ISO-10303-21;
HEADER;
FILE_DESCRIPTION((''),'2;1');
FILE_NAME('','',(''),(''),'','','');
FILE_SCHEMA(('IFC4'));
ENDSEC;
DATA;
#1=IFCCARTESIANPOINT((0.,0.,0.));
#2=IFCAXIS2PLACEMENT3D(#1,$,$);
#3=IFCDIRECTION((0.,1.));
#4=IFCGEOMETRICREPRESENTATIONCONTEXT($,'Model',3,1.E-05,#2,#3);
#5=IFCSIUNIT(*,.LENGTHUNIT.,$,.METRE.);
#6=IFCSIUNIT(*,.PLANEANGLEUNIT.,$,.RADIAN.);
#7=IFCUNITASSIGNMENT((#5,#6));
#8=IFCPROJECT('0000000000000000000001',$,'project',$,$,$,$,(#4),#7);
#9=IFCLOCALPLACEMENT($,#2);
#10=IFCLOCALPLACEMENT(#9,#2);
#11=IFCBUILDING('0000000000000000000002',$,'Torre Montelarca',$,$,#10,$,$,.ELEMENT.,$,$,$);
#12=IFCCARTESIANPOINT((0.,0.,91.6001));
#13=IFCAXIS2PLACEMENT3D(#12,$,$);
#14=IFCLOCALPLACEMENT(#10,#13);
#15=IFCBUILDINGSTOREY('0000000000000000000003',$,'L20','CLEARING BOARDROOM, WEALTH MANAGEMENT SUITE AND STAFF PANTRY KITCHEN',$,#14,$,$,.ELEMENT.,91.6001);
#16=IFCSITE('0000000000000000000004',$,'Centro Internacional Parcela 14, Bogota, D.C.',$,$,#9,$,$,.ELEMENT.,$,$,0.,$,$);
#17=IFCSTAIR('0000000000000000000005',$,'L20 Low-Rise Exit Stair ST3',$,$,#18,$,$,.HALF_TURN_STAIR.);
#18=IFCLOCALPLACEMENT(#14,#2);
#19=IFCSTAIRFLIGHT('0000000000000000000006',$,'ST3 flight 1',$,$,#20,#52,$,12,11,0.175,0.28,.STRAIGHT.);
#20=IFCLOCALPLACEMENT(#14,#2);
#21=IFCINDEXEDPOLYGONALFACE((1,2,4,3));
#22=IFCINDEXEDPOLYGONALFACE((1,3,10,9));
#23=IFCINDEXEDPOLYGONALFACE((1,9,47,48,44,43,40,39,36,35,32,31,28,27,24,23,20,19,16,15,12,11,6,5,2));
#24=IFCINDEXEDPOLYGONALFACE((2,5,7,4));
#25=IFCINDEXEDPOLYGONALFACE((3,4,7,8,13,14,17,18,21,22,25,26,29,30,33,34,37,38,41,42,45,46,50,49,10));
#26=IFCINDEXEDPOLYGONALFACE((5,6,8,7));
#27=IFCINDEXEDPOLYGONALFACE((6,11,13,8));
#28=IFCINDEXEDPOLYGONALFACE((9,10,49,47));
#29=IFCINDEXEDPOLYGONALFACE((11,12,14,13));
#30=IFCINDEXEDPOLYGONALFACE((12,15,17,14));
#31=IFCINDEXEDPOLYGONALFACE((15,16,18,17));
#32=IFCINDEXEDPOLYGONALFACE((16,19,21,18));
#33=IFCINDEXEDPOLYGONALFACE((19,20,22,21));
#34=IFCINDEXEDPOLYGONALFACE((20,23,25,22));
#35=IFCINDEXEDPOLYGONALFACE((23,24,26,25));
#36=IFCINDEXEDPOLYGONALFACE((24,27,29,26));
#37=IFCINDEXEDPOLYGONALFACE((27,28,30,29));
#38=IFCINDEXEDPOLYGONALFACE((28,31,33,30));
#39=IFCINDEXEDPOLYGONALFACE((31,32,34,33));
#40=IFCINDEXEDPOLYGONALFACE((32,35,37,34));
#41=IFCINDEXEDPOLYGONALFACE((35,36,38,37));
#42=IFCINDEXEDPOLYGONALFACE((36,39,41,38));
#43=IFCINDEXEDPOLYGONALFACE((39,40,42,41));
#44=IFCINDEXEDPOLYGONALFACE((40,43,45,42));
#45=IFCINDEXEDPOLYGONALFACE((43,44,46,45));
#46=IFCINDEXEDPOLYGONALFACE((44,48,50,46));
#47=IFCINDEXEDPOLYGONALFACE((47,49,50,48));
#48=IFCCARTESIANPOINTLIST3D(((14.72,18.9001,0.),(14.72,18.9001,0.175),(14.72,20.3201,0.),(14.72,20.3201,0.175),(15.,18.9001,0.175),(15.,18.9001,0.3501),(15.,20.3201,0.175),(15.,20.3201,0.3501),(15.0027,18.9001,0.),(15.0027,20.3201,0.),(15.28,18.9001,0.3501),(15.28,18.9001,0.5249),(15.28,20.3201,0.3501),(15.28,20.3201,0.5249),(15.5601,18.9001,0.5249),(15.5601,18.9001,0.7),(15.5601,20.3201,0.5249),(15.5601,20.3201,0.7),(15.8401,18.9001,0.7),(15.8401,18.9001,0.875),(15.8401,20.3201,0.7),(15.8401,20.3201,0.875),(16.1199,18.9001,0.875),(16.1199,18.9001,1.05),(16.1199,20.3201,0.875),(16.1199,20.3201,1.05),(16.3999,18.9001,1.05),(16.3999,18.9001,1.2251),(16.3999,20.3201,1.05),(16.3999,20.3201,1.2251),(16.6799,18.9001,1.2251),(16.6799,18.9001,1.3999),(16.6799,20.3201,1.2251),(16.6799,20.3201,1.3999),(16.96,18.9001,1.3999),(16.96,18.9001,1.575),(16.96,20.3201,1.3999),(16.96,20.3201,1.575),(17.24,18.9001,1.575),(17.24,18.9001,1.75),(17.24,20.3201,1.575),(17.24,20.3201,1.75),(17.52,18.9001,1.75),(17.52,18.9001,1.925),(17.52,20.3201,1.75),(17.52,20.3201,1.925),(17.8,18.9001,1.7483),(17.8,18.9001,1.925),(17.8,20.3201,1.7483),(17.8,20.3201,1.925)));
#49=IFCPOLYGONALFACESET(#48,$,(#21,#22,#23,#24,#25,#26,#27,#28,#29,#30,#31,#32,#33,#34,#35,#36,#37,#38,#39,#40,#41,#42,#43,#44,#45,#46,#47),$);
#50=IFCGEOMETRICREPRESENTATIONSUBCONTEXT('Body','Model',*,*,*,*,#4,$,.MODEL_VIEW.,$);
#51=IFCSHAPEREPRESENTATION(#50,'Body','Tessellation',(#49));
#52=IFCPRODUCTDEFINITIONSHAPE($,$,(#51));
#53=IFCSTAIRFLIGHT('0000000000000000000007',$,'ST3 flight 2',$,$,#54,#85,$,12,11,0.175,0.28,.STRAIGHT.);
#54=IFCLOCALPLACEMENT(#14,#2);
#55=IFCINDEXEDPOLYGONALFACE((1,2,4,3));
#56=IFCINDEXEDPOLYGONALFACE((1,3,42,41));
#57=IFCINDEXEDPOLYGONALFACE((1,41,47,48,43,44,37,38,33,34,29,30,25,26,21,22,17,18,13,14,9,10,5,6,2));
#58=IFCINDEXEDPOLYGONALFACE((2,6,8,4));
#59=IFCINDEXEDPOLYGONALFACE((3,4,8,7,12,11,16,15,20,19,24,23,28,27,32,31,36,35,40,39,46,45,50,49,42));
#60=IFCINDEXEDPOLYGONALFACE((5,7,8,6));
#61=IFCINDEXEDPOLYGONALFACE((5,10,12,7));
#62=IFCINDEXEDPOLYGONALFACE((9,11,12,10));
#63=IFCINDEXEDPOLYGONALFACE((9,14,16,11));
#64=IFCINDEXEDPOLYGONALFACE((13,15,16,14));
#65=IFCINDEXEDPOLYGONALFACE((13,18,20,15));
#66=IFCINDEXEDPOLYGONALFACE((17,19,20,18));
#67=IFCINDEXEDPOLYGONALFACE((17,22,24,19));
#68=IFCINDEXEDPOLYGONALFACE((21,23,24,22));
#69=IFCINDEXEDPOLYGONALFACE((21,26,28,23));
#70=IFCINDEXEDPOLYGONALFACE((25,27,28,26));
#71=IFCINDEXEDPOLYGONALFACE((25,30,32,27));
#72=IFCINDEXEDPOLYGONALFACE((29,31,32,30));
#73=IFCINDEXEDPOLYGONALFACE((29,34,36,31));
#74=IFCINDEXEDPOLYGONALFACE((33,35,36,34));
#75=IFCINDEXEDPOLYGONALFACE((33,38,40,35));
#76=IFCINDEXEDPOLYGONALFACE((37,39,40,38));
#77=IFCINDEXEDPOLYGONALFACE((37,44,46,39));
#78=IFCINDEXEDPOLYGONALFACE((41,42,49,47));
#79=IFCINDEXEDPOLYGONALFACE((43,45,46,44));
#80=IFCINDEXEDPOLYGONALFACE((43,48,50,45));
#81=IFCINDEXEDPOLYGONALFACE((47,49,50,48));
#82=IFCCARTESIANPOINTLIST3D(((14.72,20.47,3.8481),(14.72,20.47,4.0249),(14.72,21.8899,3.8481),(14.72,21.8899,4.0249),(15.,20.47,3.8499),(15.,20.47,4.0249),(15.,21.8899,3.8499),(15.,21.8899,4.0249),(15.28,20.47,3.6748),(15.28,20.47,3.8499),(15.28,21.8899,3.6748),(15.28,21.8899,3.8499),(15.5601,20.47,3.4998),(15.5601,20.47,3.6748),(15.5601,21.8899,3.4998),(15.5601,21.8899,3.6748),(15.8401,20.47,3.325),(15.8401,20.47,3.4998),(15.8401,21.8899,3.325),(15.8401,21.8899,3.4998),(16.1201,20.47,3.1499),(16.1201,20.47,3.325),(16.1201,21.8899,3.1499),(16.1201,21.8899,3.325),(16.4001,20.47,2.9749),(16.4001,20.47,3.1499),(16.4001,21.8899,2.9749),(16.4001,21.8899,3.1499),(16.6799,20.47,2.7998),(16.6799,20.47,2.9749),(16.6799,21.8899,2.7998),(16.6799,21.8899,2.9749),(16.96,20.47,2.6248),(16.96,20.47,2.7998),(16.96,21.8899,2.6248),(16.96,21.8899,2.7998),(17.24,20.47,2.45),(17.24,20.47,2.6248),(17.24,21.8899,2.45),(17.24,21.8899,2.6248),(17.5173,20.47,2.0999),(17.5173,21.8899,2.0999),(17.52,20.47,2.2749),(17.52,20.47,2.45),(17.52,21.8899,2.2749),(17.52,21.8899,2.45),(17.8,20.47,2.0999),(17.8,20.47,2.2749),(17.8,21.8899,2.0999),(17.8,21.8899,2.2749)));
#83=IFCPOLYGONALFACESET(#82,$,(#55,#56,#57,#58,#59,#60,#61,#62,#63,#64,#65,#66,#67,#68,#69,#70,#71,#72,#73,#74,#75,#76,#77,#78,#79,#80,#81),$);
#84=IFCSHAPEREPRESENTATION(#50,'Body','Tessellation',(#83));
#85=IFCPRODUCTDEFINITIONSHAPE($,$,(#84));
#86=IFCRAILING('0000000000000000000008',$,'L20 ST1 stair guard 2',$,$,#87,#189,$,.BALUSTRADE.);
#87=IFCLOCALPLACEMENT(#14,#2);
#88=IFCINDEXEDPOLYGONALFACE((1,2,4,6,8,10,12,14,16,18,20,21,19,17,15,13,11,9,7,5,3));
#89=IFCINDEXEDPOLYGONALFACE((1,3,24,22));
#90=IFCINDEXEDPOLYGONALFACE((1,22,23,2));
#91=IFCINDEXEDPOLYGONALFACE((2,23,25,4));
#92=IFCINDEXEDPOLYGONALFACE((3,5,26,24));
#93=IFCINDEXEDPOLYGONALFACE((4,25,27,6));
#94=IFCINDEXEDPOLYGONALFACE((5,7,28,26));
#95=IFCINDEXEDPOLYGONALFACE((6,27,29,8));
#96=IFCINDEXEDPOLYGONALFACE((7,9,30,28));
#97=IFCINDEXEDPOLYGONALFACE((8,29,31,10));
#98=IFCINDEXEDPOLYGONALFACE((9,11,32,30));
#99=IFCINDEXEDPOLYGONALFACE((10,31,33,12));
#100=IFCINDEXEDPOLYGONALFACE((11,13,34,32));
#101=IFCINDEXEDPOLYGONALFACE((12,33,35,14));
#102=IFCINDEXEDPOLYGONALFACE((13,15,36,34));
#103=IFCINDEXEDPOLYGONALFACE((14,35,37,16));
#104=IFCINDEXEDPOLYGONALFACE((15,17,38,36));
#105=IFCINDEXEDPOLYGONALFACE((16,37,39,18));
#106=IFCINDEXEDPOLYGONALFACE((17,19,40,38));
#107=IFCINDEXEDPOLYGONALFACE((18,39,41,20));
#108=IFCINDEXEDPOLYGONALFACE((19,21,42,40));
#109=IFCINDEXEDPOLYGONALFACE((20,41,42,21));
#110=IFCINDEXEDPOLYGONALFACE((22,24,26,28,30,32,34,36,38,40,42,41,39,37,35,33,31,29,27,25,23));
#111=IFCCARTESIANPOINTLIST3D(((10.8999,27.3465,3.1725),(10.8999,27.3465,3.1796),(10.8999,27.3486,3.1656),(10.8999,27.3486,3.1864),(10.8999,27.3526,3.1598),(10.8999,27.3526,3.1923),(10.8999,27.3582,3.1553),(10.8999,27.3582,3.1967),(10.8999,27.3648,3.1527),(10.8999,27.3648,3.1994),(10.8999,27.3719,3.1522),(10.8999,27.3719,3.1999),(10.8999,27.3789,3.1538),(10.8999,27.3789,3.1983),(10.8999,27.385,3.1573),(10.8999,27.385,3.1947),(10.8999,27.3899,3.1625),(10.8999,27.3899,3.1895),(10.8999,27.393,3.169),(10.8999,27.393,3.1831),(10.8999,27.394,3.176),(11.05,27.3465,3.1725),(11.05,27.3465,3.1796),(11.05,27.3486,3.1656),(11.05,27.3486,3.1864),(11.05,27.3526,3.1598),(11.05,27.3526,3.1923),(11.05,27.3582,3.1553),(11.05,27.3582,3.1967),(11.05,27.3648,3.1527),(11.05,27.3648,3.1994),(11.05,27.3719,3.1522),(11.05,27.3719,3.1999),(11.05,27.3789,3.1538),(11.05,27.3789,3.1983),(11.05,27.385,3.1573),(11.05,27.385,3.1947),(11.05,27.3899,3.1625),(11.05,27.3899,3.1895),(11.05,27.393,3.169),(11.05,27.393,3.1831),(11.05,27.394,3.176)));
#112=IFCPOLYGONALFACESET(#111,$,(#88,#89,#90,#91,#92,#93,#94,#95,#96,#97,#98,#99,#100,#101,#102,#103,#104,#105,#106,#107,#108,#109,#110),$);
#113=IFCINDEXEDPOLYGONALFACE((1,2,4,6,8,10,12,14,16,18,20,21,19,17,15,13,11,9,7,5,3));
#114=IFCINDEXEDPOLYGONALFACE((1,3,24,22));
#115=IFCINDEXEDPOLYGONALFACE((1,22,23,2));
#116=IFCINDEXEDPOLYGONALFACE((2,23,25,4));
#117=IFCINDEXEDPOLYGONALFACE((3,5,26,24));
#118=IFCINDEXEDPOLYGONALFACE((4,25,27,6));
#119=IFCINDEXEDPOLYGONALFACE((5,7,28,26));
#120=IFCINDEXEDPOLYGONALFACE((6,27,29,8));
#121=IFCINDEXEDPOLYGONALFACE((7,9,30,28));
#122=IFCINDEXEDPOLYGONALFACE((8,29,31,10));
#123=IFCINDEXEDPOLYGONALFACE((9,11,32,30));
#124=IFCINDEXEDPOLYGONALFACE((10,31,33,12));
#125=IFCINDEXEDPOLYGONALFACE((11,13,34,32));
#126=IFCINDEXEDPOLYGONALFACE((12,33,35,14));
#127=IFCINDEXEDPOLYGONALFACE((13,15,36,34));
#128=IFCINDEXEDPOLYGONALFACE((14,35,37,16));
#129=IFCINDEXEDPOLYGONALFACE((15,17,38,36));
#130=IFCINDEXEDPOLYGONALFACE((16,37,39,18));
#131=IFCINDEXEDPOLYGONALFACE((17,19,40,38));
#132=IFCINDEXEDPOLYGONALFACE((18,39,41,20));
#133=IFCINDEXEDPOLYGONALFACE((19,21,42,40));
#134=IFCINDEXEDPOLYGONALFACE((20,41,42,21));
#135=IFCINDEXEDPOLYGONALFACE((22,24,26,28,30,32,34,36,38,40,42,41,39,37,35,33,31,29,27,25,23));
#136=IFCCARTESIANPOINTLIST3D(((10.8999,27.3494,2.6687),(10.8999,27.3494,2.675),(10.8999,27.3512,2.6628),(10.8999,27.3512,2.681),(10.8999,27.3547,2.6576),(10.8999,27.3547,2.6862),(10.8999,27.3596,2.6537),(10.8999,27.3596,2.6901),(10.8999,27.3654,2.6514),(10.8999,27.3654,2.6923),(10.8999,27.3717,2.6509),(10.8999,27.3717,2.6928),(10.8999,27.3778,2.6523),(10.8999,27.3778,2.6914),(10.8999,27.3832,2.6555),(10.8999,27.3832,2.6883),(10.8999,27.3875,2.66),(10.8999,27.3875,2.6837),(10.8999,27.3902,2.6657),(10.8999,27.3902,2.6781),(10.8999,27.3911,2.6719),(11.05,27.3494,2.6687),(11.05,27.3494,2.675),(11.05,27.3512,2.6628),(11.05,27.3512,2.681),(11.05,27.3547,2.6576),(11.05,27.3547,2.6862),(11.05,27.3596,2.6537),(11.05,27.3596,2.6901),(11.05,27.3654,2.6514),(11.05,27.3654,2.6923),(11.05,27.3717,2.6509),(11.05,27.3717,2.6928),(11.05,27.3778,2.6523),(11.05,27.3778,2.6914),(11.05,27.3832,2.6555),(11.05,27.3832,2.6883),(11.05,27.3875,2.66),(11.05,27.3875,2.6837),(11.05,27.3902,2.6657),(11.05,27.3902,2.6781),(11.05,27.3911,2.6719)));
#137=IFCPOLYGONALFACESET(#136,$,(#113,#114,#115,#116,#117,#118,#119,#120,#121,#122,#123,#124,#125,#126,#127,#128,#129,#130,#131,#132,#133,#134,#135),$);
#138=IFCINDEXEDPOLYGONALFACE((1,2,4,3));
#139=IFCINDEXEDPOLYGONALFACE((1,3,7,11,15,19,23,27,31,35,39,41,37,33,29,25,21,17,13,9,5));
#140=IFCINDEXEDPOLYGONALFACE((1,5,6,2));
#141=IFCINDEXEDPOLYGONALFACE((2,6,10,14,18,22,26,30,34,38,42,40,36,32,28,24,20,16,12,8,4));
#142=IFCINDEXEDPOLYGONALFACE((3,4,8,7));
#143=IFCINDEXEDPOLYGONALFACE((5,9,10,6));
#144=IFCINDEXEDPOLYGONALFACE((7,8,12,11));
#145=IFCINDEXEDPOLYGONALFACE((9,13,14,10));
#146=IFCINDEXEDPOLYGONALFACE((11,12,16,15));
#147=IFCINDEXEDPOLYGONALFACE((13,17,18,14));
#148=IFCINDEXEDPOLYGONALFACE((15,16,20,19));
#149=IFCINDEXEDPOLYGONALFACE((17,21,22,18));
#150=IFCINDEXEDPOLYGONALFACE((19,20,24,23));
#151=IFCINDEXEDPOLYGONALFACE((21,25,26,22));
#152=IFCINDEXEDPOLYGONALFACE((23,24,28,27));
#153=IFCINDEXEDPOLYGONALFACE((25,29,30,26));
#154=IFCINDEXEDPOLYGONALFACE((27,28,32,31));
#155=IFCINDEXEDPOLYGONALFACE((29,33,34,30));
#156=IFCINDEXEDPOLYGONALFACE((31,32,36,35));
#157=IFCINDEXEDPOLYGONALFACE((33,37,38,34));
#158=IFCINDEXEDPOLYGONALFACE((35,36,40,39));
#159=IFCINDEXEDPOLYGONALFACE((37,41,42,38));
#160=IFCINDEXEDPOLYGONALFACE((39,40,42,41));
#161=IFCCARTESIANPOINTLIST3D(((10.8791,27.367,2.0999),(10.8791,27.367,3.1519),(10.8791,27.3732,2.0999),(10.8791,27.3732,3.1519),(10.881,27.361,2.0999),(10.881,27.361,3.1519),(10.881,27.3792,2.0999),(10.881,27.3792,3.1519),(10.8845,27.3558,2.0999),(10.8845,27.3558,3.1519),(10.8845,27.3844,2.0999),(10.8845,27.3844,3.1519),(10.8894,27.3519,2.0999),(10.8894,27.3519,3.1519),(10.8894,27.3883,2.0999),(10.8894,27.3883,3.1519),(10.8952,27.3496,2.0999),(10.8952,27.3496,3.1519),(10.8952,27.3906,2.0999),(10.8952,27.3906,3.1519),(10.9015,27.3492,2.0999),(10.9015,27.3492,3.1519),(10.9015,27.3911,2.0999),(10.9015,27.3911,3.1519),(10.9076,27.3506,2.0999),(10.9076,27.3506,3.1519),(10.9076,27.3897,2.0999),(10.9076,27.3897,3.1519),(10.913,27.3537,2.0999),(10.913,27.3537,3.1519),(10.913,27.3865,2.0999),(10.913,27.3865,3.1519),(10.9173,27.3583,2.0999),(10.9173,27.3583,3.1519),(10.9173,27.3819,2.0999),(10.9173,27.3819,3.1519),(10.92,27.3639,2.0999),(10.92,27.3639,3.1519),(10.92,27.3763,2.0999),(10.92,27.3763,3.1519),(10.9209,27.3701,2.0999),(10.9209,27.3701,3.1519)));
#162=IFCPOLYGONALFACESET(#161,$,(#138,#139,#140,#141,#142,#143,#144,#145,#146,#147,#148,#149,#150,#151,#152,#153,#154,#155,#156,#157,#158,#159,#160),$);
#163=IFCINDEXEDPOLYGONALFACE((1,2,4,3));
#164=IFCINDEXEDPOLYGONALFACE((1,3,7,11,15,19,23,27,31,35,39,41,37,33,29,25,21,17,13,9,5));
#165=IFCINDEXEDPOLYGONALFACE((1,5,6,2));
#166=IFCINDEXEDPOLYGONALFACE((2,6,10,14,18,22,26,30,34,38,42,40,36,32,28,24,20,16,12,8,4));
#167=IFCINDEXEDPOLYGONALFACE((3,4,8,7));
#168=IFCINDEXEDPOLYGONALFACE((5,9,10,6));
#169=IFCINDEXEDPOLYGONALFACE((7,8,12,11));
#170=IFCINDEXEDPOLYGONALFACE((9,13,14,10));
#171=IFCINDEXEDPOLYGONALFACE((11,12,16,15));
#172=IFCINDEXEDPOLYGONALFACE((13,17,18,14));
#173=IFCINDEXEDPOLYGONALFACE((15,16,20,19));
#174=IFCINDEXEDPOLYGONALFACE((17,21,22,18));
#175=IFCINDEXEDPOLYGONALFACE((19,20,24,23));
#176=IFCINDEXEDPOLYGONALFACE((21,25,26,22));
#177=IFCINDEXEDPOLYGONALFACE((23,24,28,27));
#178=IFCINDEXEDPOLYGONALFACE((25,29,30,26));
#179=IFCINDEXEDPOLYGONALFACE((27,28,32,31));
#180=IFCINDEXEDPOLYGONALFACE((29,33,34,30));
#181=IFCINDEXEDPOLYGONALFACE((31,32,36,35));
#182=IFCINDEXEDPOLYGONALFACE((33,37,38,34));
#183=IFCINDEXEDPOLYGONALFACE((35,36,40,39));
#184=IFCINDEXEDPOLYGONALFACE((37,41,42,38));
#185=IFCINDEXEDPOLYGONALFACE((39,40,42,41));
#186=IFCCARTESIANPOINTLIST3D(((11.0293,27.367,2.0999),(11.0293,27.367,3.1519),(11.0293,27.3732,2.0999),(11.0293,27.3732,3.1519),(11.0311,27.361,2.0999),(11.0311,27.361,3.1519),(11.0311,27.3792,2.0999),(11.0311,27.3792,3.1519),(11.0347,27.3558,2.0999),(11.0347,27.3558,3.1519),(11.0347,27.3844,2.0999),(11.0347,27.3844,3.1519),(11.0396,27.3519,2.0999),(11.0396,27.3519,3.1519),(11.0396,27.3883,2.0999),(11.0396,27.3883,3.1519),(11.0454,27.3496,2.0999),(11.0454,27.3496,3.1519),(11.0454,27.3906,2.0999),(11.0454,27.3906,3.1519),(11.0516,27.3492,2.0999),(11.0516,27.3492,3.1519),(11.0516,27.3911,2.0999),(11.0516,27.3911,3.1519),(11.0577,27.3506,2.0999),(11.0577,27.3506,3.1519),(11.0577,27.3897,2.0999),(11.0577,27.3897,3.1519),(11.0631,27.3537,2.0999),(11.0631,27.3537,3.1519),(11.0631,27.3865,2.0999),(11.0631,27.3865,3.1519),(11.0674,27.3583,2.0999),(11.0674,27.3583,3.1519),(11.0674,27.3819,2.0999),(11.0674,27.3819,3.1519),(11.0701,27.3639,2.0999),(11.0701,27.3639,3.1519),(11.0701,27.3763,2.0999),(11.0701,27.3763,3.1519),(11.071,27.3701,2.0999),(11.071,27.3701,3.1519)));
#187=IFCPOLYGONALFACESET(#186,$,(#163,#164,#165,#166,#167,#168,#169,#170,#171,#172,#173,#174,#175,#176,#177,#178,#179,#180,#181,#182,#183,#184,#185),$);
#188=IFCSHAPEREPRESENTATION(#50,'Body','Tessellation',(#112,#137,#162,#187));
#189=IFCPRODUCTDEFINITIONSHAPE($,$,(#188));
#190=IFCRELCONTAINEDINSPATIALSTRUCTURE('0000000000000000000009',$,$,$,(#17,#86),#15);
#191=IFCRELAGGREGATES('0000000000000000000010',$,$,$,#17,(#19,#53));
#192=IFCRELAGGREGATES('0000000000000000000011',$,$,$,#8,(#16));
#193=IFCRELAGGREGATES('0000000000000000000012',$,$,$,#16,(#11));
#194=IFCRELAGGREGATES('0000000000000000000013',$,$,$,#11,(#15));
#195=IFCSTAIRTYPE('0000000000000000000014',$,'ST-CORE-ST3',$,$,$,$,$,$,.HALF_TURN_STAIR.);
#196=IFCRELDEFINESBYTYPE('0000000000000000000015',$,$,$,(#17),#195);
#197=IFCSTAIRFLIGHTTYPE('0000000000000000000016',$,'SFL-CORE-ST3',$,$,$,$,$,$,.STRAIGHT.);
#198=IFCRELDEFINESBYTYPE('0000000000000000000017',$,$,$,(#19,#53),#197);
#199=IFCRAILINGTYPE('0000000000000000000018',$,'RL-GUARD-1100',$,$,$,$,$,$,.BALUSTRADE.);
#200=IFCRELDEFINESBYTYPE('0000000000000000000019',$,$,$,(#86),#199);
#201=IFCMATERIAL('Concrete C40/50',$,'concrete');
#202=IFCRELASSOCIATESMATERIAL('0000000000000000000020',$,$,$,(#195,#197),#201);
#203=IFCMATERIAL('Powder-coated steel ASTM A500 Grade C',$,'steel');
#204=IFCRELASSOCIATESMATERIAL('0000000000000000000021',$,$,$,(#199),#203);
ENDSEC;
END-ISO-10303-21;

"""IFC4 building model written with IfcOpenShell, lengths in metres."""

from ifc_helpers import new_model, si_unit, direction, frame, origin, origin_2d, place, context, subcontext, project, spatial, polyline, circle, outline, extrude, material, type_object, element, aggregate, save


model = new_model("IFC4")

# Units and contexts
model_context = context("Model", 3, precision=1e-05, world=origin(), true_north=direction((0.0, 1.0)))
body_context = subcontext(model_context, "Body", "Model", "MODEL_VIEW")
ifc_project = project(units=[si_unit("LENGTHUNIT", "METRE"), si_unit("PLANEANGLEUNIT", "RADIAN")], contexts=[model_context])

# Site, building, storey
site_placement = place(None, origin())
site = spatial("IfcSite", under=ifc_project, at=site_placement, Name="Centro Internacional Parcela 14, Bogota, D.C.", CompositionType="ELEMENT", RefElevation=0.0)
building_placement = place(site_placement, origin())
building = spatial("IfcBuilding", under=site, at=building_placement, Name="Torre Montelarca", CompositionType="ELEMENT")
storey_placement = place(building_placement, frame((0.0, 0.0, 91.6001)))
storey = spatial("IfcBuildingStorey", under=building, at=storey_placement, Name="L20", Description="CLEARING BOARDROOM, WEALTH MANAGEMENT SUITE AND STAFF PANTRY KITCHEN", CompositionType="ELEMENT", Elevation=91.6001)

# Shared definitions
ifc_material_1 = material(Name="Concrete C40/50", Category="concrete")

# Stair, stair flights
stair_type = type_object("IfcStairType", Name="ST-CORE-ST3", PredefinedType="HALF_TURN_STAIR", material=ifc_material_1)
stair_placement = place(storey_placement, origin())
stair = element("IfcStair", 1, at=stair_placement, inside=storey, type_object=stair_type, Name="L20 Low-Rise Exit Stair ST3", PredefinedType="HALF_TURN_STAIR")
stair_flight_type = type_object("IfcStairFlightType", Name="SFL-CORE-ST3", PredefinedType="STRAIGHT", material=ifc_material_1)
stair_flight_1_placement = place(storey_placement, frame((14.72, 19.6101, 0.0), z_axis=(0.0, 0.0, 1.0), x_axis=(1.0, 0.0, 0.0)))
stair_flight_1 = element("IfcStairFlight", 2, at=stair_flight_1_placement, type_object=stair_flight_type, Name="ST3 flight 1", NumberOfRisers=12, NumberOfTreads=11, PredefinedType="STRAIGHT", RiserHeight=0.175, TreadLength=0.28, context=body_context, shape_type="SweptSolid", body=[
    extrude(outline(polyline([(0.0, 0.0), (0.0, 0.175), (0.28, 0.175), (0.28, 0.3501), (0.5601, 0.3501), (0.5601, 0.5249), (0.8401, 0.5249), (0.8401, 0.7), (1.1201, 0.7), (1.1201, 0.875), (1.3999, 0.875), (1.3999, 1.05), (1.6799, 1.05), (1.6799, 1.2251), (1.96, 1.2251), (1.96, 1.3999), (2.24, 1.3999), (2.24, 1.575), (2.52, 1.575), (2.52, 1.75), (2.8, 1.75), (2.8, 1.925), (3.0801, 1.925), (3.0801, 2.1001), (3.0801, 1.7483), (0.2827, 0.0), (0.0, 0.0)])), frame((0.0, 0.71, 0.0), z_axis=(0.0, -1.0, 0.0), x_axis=(1.0, 0.0, 0.0)), (0.0, 0.0, 1.0), 1.4199),
])
stair_flight_2_placement = place(storey_placement, frame((17.8, 21.1799, 2.0999), z_axis=(0.0, 0.0, 1.0), x_axis=(-1.0, 0.0, 0.0)))
stair_flight_2 = element("IfcStairFlight", 3, at=stair_flight_2_placement, type_object=stair_flight_type, Name="ST3 flight 2", NumberOfRisers=12, NumberOfTreads=11, PredefinedType="STRAIGHT", RiserHeight=0.175, TreadLength=0.28, context=body_context, shape_type="SweptSolid", body=[
    extrude(outline(polyline([(0.0, 0.0), (0.0, 0.175), (0.28, 0.175), (0.28, 0.3501), (0.5601, 0.3501), (0.5601, 0.5249), (0.8401, 0.5249), (0.8401, 0.7), (1.1201, 0.7), (1.1201, 0.875), (1.3999, 0.875), (1.3999, 1.05), (1.6799, 1.05), (1.6799, 1.2251), (1.96, 1.2251), (1.96, 1.3999), (2.24, 1.3999), (2.24, 1.575), (2.52, 1.575), (2.52, 1.75), (2.8, 1.75), (2.8, 1.925), (3.0801, 1.925), (3.0801, 2.1001), (3.0801, 1.7483), (0.2827, 0.0), (0.0, 0.0)])), frame((0.0, 0.71, 0.0), z_axis=(0.0, -1.0, 0.0), x_axis=(1.0, 0.0, 0.0)), (0.0, 0.0, 1.0), 1.4199),
])
aggregate(stair, [stair_flight_1, stair_flight_2])

# Railing
ifc_material_2 = material(Name="Powder-coated steel ASTM A500 Grade C", Category="steel")
railing_type_1 = type_object("IfcRailingType", Name="RL-GUARD-1100", PredefinedType="BALUSTRADE", material=ifc_material_2)
railing_1_placement = place(storey_placement, frame((10.8999, 27.3701, 2.0999)))
element("IfcRailing", 4, at=railing_1_placement, inside=storey, type_object=railing_type_1, Name="L20 ST1 stair guard 2", PredefinedType="BALUSTRADE", context=body_context, shape_type="SweptSolid", body=[
    extrude(circle(Radius=0.0239, at=origin_2d()), frame((0.0, 0.0, 1.0762), z_axis=(1.0, 0.0, 0.0), x_axis=(0.0, 1.0, 0.0)), (0.0, 0.0, 1.0), 0.1501),
    extrude(circle(Radius=0.021, at=origin_2d()), frame((0.0, 0.0, 0.572), z_axis=(1.0, 0.0, 0.0), x_axis=(0.0, 1.0, 0.0)), (0.0, 0.0, 1.0), 0.1501),
    extrude(circle(Radius=0.021, at=origin_2d()), origin(), (0.0, 0.0, 1.0), 1.052),
    extrude(circle(Radius=0.021, at=origin_2d()), frame((0.1501, 0.0, 0.0)), (0.0, 0.0, 1.0), 1.052),
])

save(model, "model.ifc")
